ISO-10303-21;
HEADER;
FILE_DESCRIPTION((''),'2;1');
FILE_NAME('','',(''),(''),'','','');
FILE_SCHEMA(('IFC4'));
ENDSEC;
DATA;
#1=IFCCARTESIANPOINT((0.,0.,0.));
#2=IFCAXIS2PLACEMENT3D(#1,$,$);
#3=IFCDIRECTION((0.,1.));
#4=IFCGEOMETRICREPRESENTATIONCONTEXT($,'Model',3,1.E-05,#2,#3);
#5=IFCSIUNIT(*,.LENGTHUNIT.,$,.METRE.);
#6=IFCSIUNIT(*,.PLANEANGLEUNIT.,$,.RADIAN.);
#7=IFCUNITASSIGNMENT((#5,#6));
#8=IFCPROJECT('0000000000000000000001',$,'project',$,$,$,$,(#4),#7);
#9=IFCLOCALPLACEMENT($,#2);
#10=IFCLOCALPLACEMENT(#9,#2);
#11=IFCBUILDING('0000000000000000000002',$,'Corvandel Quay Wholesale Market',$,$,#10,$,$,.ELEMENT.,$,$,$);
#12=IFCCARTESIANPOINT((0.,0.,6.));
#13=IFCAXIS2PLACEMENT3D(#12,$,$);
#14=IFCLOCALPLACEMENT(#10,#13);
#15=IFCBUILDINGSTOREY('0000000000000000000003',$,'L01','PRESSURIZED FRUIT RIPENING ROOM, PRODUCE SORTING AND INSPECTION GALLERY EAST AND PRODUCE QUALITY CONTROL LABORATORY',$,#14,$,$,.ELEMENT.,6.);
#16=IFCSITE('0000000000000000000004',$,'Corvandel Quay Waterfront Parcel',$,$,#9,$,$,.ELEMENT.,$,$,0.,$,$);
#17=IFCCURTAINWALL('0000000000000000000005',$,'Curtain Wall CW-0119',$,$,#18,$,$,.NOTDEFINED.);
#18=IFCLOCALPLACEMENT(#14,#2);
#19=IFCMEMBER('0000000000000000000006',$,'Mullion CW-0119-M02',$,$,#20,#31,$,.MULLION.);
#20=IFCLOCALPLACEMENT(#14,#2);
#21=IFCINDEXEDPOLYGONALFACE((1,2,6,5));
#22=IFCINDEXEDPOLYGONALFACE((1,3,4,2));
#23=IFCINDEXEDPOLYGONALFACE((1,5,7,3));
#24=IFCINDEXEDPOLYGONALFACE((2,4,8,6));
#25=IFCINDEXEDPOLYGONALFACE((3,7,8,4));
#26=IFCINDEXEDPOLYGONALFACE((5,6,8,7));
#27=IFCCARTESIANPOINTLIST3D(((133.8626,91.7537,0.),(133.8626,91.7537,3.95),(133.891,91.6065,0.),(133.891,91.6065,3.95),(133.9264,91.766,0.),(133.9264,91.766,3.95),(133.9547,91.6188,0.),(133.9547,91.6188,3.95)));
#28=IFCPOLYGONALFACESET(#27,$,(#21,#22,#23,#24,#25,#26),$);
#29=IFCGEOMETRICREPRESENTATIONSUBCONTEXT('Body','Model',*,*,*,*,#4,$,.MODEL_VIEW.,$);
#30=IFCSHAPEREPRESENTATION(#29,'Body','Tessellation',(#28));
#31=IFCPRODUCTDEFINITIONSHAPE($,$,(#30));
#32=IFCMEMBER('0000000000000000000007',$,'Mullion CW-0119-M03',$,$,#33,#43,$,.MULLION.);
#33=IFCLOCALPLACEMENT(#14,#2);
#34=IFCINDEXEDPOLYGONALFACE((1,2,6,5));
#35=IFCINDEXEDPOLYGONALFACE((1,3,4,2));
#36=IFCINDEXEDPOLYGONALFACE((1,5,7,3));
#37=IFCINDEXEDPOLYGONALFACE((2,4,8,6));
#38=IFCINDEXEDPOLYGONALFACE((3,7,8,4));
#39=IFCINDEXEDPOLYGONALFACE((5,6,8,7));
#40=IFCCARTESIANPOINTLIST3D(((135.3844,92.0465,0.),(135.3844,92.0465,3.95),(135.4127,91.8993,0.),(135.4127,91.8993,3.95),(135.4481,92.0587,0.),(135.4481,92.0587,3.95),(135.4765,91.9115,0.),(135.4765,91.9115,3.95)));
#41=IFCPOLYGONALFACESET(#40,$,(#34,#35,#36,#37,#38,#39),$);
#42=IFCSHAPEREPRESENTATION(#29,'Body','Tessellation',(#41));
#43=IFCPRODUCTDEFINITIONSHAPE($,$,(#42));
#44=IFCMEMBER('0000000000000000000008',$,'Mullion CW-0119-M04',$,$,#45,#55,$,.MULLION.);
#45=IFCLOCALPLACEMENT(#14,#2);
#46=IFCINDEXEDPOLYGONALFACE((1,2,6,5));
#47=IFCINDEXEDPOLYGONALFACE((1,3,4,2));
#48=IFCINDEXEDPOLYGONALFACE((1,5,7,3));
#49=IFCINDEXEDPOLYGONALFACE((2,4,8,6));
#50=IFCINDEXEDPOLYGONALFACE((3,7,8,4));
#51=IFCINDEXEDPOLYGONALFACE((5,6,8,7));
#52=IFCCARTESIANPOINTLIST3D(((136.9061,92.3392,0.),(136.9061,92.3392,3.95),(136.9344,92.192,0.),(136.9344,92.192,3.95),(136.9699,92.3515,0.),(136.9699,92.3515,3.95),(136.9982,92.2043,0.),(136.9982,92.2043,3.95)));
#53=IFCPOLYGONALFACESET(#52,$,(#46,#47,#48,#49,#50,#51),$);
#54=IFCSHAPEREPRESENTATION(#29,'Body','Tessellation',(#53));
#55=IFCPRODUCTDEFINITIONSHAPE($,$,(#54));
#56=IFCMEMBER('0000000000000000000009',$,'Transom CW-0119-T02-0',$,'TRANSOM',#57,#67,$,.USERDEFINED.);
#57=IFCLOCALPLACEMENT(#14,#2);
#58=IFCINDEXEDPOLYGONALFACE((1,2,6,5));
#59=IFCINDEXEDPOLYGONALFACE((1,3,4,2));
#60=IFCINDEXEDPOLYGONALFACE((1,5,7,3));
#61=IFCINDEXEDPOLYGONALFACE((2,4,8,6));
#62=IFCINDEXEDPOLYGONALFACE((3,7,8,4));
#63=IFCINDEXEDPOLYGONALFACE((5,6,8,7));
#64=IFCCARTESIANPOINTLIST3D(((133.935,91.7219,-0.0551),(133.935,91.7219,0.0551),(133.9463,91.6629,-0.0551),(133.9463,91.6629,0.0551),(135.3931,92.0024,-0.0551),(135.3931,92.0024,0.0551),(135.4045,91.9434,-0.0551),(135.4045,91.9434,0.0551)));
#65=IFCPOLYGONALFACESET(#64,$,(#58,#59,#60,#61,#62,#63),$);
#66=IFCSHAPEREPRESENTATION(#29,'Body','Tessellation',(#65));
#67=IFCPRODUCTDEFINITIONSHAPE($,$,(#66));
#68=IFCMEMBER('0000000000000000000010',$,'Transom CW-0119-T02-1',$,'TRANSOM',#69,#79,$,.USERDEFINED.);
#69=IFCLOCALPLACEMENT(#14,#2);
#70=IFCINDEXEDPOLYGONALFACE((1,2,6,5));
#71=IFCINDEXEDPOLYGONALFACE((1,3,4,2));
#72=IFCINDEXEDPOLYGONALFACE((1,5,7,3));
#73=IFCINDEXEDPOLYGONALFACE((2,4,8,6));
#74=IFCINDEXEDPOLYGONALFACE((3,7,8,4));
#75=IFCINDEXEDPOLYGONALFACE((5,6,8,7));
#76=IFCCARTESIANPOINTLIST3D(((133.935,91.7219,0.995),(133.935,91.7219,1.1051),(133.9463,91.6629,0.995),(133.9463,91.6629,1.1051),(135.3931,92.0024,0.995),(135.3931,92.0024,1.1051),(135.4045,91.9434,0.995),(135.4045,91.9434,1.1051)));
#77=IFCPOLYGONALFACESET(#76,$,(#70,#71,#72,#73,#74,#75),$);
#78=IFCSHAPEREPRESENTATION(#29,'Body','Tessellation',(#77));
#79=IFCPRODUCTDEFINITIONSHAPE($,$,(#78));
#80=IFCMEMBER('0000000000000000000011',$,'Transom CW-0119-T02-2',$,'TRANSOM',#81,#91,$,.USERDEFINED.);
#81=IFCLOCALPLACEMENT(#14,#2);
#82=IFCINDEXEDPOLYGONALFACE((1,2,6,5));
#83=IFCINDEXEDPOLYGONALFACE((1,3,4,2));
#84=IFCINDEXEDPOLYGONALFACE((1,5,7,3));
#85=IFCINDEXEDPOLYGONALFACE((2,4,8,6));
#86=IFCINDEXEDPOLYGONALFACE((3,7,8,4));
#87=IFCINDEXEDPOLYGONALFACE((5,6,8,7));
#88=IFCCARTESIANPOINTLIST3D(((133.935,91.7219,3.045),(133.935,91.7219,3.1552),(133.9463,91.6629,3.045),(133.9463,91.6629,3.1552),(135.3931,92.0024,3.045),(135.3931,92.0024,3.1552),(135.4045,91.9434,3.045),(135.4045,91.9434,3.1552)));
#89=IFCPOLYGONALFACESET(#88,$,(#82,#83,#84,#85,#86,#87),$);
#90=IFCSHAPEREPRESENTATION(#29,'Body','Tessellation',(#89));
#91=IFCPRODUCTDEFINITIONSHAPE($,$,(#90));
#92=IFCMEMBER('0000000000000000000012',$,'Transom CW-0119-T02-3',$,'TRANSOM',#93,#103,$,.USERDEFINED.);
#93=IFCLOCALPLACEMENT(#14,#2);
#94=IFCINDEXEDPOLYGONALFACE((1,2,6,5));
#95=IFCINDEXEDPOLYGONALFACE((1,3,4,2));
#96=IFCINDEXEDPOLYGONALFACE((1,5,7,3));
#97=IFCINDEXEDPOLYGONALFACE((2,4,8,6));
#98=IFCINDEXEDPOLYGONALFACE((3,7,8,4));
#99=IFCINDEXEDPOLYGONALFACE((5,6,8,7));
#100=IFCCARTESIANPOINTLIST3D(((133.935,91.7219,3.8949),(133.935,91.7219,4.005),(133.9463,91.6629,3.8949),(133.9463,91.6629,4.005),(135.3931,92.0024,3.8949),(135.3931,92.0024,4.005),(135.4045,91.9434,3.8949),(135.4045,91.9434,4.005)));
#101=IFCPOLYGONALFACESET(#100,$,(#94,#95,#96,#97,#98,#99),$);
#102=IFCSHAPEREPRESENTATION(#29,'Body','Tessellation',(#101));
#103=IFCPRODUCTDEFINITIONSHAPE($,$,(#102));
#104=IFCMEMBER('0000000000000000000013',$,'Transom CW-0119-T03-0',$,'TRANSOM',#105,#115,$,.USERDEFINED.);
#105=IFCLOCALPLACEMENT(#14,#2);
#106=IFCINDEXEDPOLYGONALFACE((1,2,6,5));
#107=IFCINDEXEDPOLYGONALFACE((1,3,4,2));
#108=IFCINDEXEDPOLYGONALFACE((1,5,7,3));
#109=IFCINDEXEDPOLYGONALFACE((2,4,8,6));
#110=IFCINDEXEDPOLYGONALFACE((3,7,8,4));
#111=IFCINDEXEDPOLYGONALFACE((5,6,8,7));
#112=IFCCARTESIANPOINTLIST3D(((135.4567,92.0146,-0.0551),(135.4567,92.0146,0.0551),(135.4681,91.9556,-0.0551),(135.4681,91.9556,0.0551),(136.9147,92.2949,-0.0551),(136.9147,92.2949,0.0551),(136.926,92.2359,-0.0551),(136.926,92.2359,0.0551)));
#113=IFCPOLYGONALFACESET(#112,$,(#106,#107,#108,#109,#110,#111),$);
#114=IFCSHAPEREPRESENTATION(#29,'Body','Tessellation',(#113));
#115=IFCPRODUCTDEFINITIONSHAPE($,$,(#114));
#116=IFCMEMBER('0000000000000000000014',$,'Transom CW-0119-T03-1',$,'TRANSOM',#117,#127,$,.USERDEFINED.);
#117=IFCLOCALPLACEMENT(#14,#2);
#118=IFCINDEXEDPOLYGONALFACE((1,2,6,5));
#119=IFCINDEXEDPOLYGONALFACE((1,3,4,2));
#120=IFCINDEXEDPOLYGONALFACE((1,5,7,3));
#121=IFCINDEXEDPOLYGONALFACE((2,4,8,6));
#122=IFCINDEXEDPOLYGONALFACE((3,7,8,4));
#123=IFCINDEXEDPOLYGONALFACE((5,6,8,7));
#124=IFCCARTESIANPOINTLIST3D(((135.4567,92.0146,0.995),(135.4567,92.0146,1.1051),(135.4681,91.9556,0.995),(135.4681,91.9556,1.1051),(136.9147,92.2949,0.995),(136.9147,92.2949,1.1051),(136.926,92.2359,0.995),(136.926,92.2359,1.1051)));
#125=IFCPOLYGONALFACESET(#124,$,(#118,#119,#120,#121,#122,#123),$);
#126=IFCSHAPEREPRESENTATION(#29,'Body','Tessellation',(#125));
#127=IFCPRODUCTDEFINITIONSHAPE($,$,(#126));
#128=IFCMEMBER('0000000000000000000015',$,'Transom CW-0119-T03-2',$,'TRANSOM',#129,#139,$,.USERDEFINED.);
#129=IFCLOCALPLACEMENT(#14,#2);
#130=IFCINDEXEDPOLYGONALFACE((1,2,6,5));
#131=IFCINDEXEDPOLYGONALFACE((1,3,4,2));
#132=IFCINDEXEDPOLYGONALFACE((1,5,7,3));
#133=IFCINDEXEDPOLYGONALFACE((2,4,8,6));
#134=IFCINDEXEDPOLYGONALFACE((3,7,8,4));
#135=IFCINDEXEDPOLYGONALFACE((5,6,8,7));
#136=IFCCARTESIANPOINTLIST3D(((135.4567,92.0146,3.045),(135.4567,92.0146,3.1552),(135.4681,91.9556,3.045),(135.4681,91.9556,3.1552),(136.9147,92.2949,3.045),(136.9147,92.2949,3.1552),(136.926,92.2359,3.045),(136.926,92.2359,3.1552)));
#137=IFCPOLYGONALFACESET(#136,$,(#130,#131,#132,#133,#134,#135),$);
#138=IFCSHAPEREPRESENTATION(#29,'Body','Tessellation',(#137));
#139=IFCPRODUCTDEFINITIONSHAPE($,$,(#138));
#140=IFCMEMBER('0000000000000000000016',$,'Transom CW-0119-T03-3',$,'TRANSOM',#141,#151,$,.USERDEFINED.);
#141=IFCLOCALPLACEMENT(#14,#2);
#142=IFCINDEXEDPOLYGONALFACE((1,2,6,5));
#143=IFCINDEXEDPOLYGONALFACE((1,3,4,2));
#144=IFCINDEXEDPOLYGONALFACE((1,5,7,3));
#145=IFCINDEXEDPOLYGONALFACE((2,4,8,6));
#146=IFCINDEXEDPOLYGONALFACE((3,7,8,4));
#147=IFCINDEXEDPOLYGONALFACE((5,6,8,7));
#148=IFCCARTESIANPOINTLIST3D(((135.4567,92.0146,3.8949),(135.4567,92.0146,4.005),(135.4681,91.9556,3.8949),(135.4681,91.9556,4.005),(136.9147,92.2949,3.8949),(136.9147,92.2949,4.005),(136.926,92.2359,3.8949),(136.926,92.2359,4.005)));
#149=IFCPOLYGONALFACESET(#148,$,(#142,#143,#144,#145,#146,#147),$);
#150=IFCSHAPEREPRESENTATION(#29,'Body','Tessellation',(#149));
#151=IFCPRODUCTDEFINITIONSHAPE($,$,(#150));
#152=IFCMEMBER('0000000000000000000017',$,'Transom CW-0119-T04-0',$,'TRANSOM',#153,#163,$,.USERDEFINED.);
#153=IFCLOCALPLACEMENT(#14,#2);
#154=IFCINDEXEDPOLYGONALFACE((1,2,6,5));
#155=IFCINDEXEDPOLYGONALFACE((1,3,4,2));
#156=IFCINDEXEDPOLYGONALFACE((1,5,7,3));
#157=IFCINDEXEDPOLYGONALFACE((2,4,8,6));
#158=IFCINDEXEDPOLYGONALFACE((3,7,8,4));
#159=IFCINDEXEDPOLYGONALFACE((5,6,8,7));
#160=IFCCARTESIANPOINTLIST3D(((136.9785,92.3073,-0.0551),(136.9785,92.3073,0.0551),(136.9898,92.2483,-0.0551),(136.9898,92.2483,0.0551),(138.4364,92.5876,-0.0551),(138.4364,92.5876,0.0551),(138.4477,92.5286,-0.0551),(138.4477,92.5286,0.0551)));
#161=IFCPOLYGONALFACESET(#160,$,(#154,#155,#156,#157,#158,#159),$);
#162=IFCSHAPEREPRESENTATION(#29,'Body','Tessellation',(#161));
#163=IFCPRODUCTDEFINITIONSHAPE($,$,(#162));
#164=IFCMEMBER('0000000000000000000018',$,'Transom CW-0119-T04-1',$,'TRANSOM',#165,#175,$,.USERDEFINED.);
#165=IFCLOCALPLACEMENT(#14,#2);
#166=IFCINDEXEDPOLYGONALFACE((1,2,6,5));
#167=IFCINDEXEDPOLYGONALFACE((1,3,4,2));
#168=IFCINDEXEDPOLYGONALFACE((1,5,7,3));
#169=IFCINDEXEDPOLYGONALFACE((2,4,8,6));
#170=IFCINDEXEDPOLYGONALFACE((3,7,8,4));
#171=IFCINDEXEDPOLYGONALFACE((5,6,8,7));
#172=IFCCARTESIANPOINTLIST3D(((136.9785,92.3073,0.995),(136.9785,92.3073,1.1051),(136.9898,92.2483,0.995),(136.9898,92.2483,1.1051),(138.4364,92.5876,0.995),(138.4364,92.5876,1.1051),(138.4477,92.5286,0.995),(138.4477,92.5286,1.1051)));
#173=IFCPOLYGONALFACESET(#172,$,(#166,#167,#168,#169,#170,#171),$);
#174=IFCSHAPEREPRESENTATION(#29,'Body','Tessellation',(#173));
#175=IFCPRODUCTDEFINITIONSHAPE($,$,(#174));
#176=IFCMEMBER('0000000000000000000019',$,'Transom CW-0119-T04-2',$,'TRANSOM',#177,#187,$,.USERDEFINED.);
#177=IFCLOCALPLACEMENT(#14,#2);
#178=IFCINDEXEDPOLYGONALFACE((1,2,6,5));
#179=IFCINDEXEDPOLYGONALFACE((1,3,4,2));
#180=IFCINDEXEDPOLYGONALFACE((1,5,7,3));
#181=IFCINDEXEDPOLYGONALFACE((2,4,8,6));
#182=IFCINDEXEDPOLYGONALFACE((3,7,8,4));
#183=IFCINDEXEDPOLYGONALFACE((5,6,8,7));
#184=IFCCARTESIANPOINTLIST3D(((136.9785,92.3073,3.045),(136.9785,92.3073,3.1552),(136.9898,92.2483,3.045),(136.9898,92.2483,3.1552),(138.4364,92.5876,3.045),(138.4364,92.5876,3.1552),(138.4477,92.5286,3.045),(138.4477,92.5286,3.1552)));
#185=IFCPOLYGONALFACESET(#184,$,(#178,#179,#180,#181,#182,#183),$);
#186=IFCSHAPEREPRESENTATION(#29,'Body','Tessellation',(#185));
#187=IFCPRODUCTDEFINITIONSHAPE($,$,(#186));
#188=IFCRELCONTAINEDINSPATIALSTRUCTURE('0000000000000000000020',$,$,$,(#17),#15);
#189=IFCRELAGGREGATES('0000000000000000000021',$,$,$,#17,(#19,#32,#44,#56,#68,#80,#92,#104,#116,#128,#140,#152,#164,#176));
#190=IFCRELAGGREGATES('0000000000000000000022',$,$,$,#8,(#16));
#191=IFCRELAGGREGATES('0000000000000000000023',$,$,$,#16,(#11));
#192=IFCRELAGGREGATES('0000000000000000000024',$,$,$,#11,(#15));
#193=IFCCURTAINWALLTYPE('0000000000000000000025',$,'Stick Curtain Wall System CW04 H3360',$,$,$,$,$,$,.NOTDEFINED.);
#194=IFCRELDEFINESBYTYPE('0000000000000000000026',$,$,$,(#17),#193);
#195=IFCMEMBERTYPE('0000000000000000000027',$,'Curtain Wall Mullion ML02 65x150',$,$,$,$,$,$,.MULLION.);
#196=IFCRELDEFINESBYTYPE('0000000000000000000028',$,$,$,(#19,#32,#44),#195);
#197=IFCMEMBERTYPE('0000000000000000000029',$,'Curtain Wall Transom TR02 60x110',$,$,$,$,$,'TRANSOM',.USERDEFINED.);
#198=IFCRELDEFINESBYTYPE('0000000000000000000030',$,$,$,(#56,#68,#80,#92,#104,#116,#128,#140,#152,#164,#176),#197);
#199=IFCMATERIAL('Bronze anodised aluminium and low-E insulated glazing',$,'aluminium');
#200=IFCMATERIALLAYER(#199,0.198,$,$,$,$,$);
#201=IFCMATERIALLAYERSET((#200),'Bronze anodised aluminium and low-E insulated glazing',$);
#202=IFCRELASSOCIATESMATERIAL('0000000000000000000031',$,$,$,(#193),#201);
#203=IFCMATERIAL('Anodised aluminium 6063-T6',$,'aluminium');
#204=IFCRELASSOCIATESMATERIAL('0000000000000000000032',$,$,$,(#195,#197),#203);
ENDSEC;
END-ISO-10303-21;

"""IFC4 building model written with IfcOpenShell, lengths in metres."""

from ifc_helpers import new_model, si_unit, direction, frame, origin, origin_2d, place, context, subcontext, project, spatial, rectangle, extrude, material, layer, layer_set, material_profile, profile_set, type_object, element, aggregate, save


model = new_model("IFC4")

# Units and contexts
model_context = context("Model", 3, precision=1e-05, world=origin(), true_north=direction((0.0, 1.0)))
body_context = subcontext(model_context, "Body", "Model", "MODEL_VIEW")
ifc_project = project(units=[si_unit("LENGTHUNIT", "METRE"), si_unit("PLANEANGLEUNIT", "RADIAN")], contexts=[model_context])

# Site, building, storey
site_placement = place(None, origin())
site = spatial("IfcSite", under=ifc_project, at=site_placement, Name="Corvandel Quay Waterfront Parcel", CompositionType="ELEMENT", RefElevation=0.0)
building_placement = place(site_placement, origin())
building = spatial("IfcBuilding", under=site, at=building_placement, Name="Corvandel Quay Wholesale Market", CompositionType="ELEMENT")
storey_placement = place(building_placement, frame((0.0, 0.0, 6.0)))
storey = spatial("IfcBuildingStorey", under=building, at=storey_placement, Name="L01", Description="PRESSURIZED FRUIT RIPENING ROOM, PRODUCE SORTING AND INSPECTION GALLERY EAST AND PRODUCE QUALITY CONTROL LABORATORY", CompositionType="ELEMENT", Elevation=6.0)

# Curtain wall, members
ifc_material_1 = material(Name="Bronze anodised aluminium and low-E insulated glazing", Category="aluminium")
ifc_layer_1 = layer(ifc_material_1, 0.198)
ifc_layer_set_1 = layer_set([ifc_layer_1], Name="Bronze anodised aluminium and low-E insulated glazing")
curtain_wall_type = type_object("IfcCurtainWallType", Name="Stick Curtain Wall System CW04 H3360", PredefinedType="NOTDEFINED", material=ifc_layer_set_1)
curtain_wall_placement = place(storey_placement, origin())
curtain_wall = element("IfcCurtainWall", 1, at=curtain_wall_placement, inside=storey, type_object=curtain_wall_type, Name="Curtain Wall CW-0119", PredefinedType="NOTDEFINED")
ifc_material_2 = material(Name="Anodised aluminium 6063-T6", Category="aluminium")
ifc_material_profile_1 = material_profile(ifc_material_2, rectangle(XDim=0.0649, YDim=0.1499, at=origin_2d()), Name="ALU-MUL-65x150")
ifc_profile_set_1 = profile_set([ifc_material_profile_1], Name="Anodised aluminium 6063-T6")
member_type_1 = type_object("IfcMemberType", Name="Curtain Wall Mullion ML02 65x150", PredefinedType="MULLION", material=ifc_profile_set_1)
member_1_placement = place(storey_placement, frame((133.9087, 91.6863, 0.0), z_axis=(0.0, 0.0, 1.0), x_axis=(0.981992, 0.188924, 0.0)))
member_1 = element("IfcMember", 2, at=member_1_placement, type_object=member_type_1, Name="Mullion CW-0119-M02", PredefinedType="MULLION", context=body_context, shape_type="SweptSolid", body=[
    extrude(rectangle(XDim=0.0649, YDim=0.1499, at=origin_2d()), origin(), (0.0, 0.0, 1.0), 3.95),
])
member_2_placement = place(storey_placement, frame((135.4304, 91.979, 0.0), z_axis=(0.0, 0.0, 1.0), x_axis=(0.981992, 0.188924, 0.0)))
member_2 = element("IfcMember", 3, at=member_2_placement, type_object=member_type_1, Name="Mullion CW-0119-M03", PredefinedType="MULLION", context=body_context, shape_type="SweptSolid", body=[
    extrude(rectangle(XDim=0.0649, YDim=0.1499, at=origin_2d()), origin(), (0.0, 0.0, 1.0), 3.95),
])
member_3_placement = place(storey_placement, frame((136.9521, 92.2717, 0.0), z_axis=(0.0, 0.0, 1.0), x_axis=(0.981992, 0.188924, 0.0)))
member_3 = element("IfcMember", 4, at=member_3_placement, type_object=member_type_1, Name="Mullion CW-0119-M04", PredefinedType="MULLION", context=body_context, shape_type="SweptSolid", body=[
    extrude(rectangle(XDim=0.0649, YDim=0.1499, at=origin_2d()), origin(), (0.0, 0.0, 1.0), 3.95),
])
ifc_material_profile_2 = material_profile(ifc_material_2, rectangle(XDim=0.0601, YDim=0.1101, at=origin_2d()), Name="ALU-TRN-60x110")
ifc_profile_set_2 = profile_set([ifc_material_profile_2], Name="Anodised aluminium 6063-T6")
member_type_2 = type_object("IfcMemberType", Name="Curtain Wall Transom TR02 60x110", ElementType="TRANSOM", PredefinedType="USERDEFINED", material=ifc_profile_set_2)
member_4_placement = place(storey_placement, frame((133.9407, 91.6924, 0.0), z_axis=(0.98199, 0.188933, 0.0), x_axis=(-0.188933, 0.98199, 0.0)))
member_4 = element("IfcMember", 5, at=member_4_placement, type_object=member_type_2, Name="Transom CW-0119-T02-0", ObjectType="TRANSOM", PredefinedType="USERDEFINED", context=body_context, shape_type="SweptSolid", body=[
    extrude(rectangle(XDim=0.0601, YDim=0.1101, at=origin_2d()), origin(), (0.0, 0.0, 1.0), 1.4849),
])
member_5_placement = place(storey_placement, frame((133.9407, 91.6924, 1.05), z_axis=(0.98199, 0.188933, 0.0), x_axis=(-0.188933, 0.98199, 0.0)))
member_5 = element("IfcMember", 6, at=member_5_placement, type_object=member_type_2, Name="Transom CW-0119-T02-1", ObjectType="TRANSOM", PredefinedType="USERDEFINED", context=body_context, shape_type="SweptSolid", body=[
    extrude(rectangle(XDim=0.0601, YDim=0.1101, at=origin_2d()), origin(), (0.0, 0.0, 1.0), 1.4849),
])
member_6_placement = place(storey_placement, frame((133.9407, 91.6924, 3.1001), z_axis=(0.98199, 0.188933, 0.0), x_axis=(-0.188933, 0.98199, 0.0)))
member_6 = element("IfcMember", 7, at=member_6_placement, type_object=member_type_2, Name="Transom CW-0119-T02-2", ObjectType="TRANSOM", PredefinedType="USERDEFINED", context=body_context, shape_type="SweptSolid", body=[
    extrude(rectangle(XDim=0.0601, YDim=0.1101, at=origin_2d()), origin(), (0.0, 0.0, 1.0), 1.4849),
])
member_7_placement = place(storey_placement, frame((133.9407, 91.6924, 3.95), z_axis=(0.98199, 0.188933, 0.0), x_axis=(-0.188933, 0.98199, 0.0)))
member_7 = element("IfcMember", 8, at=member_7_placement, type_object=member_type_2, Name="Transom CW-0119-T02-3", ObjectType="TRANSOM", PredefinedType="USERDEFINED", context=body_context, shape_type="SweptSolid", body=[
    extrude(rectangle(XDim=0.0601, YDim=0.1101, at=origin_2d()), origin(), (0.0, 0.0, 1.0), 1.4849),
])
member_8_placement = place(storey_placement, frame((135.4624, 91.9851, 0.0), z_axis=(0.982021, 0.188774, 0.0), x_axis=(-0.188774, 0.982021, 0.0)))
member_8 = element("IfcMember", 9, at=member_8_placement, type_object=member_type_2, Name="Transom CW-0119-T03-0", ObjectType="TRANSOM", PredefinedType="USERDEFINED", context=body_context, shape_type="SweptSolid", body=[
    extrude(rectangle(XDim=0.0601, YDim=0.1101, at=origin_2d()), origin(), (0.0, 0.0, 1.0), 1.4846),
])
member_9_placement = place(storey_placement, frame((135.4624, 91.9851, 1.05), z_axis=(0.982021, 0.188774, 0.0), x_axis=(-0.188774, 0.982021, 0.0)))
member_9 = element("IfcMember", 10, at=member_9_placement, type_object=member_type_2, Name="Transom CW-0119-T03-1", ObjectType="TRANSOM", PredefinedType="USERDEFINED", context=body_context, shape_type="SweptSolid", body=[
    extrude(rectangle(XDim=0.0601, YDim=0.1101, at=origin_2d()), origin(), (0.0, 0.0, 1.0), 1.4846),
])
member_10_placement = place(storey_placement, frame((135.4624, 91.9851, 3.1001), z_axis=(0.982021, 0.188774, 0.0), x_axis=(-0.188774, 0.982021, 0.0)))
member_10 = element("IfcMember", 11, at=member_10_placement, type_object=member_type_2, Name="Transom CW-0119-T03-2", ObjectType="TRANSOM", PredefinedType="USERDEFINED", context=body_context, shape_type="SweptSolid", body=[
    extrude(rectangle(XDim=0.0601, YDim=0.1101, at=origin_2d()), origin(), (0.0, 0.0, 1.0), 1.4846),
])
member_11_placement = place(storey_placement, frame((135.4624, 91.9851, 3.95), z_axis=(0.982021, 0.188774, 0.0), x_axis=(-0.188774, 0.982021, 0.0)))
member_11 = element("IfcMember", 12, at=member_11_placement, type_object=member_type_2, Name="Transom CW-0119-T03-3", ObjectType="TRANSOM", PredefinedType="USERDEFINED", context=body_context, shape_type="SweptSolid", body=[
    extrude(rectangle(XDim=0.0601, YDim=0.1101, at=origin_2d()), origin(), (0.0, 0.0, 1.0), 1.4846),
])
member_12_placement = place(storey_placement, frame((136.9841, 92.2778, 0.0), z_axis=(0.982021, 0.188774, 0.0), x_axis=(-0.188774, 0.982021, 0.0)))
member_12 = element("IfcMember", 13, at=member_12_placement, type_object=member_type_2, Name="Transom CW-0119-T04-0", ObjectType="TRANSOM", PredefinedType="USERDEFINED", context=body_context, shape_type="SweptSolid", body=[
    extrude(rectangle(XDim=0.0601, YDim=0.1101, at=origin_2d()), origin(), (0.0, 0.0, 1.0), 1.4846),
])
member_13_placement = place(storey_placement, frame((136.9841, 92.2778, 1.05), z_axis=(0.982021, 0.188774, 0.0), x_axis=(-0.188774, 0.982021, 0.0)))
member_13 = element("IfcMember", 14, at=member_13_placement, type_object=member_type_2, Name="Transom CW-0119-T04-1", ObjectType="TRANSOM", PredefinedType="USERDEFINED", context=body_context, shape_type="SweptSolid", body=[
    extrude(rectangle(XDim=0.0601, YDim=0.1101, at=origin_2d()), origin(), (0.0, 0.0, 1.0), 1.4846),
])
member_14_placement = place(storey_placement, frame((136.9841, 92.2778, 3.1001), z_axis=(0.982021, 0.188774, 0.0), x_axis=(-0.188774, 0.982021, 0.0)))
member_14 = element("IfcMember", 15, at=member_14_placement, type_object=member_type_2, Name="Transom CW-0119-T04-2", ObjectType="TRANSOM", PredefinedType="USERDEFINED", context=body_context, shape_type="SweptSolid", body=[
    extrude(rectangle(XDim=0.0601, YDim=0.1101, at=origin_2d()), origin(), (0.0, 0.0, 1.0), 1.4846),
])
aggregate(curtain_wall, [member_1, member_2, member_3, member_4, member_5, member_6, member_7, member_8, member_9, member_10, member_11, member_12, member_13, member_14])

save(model, "model.ifc")
